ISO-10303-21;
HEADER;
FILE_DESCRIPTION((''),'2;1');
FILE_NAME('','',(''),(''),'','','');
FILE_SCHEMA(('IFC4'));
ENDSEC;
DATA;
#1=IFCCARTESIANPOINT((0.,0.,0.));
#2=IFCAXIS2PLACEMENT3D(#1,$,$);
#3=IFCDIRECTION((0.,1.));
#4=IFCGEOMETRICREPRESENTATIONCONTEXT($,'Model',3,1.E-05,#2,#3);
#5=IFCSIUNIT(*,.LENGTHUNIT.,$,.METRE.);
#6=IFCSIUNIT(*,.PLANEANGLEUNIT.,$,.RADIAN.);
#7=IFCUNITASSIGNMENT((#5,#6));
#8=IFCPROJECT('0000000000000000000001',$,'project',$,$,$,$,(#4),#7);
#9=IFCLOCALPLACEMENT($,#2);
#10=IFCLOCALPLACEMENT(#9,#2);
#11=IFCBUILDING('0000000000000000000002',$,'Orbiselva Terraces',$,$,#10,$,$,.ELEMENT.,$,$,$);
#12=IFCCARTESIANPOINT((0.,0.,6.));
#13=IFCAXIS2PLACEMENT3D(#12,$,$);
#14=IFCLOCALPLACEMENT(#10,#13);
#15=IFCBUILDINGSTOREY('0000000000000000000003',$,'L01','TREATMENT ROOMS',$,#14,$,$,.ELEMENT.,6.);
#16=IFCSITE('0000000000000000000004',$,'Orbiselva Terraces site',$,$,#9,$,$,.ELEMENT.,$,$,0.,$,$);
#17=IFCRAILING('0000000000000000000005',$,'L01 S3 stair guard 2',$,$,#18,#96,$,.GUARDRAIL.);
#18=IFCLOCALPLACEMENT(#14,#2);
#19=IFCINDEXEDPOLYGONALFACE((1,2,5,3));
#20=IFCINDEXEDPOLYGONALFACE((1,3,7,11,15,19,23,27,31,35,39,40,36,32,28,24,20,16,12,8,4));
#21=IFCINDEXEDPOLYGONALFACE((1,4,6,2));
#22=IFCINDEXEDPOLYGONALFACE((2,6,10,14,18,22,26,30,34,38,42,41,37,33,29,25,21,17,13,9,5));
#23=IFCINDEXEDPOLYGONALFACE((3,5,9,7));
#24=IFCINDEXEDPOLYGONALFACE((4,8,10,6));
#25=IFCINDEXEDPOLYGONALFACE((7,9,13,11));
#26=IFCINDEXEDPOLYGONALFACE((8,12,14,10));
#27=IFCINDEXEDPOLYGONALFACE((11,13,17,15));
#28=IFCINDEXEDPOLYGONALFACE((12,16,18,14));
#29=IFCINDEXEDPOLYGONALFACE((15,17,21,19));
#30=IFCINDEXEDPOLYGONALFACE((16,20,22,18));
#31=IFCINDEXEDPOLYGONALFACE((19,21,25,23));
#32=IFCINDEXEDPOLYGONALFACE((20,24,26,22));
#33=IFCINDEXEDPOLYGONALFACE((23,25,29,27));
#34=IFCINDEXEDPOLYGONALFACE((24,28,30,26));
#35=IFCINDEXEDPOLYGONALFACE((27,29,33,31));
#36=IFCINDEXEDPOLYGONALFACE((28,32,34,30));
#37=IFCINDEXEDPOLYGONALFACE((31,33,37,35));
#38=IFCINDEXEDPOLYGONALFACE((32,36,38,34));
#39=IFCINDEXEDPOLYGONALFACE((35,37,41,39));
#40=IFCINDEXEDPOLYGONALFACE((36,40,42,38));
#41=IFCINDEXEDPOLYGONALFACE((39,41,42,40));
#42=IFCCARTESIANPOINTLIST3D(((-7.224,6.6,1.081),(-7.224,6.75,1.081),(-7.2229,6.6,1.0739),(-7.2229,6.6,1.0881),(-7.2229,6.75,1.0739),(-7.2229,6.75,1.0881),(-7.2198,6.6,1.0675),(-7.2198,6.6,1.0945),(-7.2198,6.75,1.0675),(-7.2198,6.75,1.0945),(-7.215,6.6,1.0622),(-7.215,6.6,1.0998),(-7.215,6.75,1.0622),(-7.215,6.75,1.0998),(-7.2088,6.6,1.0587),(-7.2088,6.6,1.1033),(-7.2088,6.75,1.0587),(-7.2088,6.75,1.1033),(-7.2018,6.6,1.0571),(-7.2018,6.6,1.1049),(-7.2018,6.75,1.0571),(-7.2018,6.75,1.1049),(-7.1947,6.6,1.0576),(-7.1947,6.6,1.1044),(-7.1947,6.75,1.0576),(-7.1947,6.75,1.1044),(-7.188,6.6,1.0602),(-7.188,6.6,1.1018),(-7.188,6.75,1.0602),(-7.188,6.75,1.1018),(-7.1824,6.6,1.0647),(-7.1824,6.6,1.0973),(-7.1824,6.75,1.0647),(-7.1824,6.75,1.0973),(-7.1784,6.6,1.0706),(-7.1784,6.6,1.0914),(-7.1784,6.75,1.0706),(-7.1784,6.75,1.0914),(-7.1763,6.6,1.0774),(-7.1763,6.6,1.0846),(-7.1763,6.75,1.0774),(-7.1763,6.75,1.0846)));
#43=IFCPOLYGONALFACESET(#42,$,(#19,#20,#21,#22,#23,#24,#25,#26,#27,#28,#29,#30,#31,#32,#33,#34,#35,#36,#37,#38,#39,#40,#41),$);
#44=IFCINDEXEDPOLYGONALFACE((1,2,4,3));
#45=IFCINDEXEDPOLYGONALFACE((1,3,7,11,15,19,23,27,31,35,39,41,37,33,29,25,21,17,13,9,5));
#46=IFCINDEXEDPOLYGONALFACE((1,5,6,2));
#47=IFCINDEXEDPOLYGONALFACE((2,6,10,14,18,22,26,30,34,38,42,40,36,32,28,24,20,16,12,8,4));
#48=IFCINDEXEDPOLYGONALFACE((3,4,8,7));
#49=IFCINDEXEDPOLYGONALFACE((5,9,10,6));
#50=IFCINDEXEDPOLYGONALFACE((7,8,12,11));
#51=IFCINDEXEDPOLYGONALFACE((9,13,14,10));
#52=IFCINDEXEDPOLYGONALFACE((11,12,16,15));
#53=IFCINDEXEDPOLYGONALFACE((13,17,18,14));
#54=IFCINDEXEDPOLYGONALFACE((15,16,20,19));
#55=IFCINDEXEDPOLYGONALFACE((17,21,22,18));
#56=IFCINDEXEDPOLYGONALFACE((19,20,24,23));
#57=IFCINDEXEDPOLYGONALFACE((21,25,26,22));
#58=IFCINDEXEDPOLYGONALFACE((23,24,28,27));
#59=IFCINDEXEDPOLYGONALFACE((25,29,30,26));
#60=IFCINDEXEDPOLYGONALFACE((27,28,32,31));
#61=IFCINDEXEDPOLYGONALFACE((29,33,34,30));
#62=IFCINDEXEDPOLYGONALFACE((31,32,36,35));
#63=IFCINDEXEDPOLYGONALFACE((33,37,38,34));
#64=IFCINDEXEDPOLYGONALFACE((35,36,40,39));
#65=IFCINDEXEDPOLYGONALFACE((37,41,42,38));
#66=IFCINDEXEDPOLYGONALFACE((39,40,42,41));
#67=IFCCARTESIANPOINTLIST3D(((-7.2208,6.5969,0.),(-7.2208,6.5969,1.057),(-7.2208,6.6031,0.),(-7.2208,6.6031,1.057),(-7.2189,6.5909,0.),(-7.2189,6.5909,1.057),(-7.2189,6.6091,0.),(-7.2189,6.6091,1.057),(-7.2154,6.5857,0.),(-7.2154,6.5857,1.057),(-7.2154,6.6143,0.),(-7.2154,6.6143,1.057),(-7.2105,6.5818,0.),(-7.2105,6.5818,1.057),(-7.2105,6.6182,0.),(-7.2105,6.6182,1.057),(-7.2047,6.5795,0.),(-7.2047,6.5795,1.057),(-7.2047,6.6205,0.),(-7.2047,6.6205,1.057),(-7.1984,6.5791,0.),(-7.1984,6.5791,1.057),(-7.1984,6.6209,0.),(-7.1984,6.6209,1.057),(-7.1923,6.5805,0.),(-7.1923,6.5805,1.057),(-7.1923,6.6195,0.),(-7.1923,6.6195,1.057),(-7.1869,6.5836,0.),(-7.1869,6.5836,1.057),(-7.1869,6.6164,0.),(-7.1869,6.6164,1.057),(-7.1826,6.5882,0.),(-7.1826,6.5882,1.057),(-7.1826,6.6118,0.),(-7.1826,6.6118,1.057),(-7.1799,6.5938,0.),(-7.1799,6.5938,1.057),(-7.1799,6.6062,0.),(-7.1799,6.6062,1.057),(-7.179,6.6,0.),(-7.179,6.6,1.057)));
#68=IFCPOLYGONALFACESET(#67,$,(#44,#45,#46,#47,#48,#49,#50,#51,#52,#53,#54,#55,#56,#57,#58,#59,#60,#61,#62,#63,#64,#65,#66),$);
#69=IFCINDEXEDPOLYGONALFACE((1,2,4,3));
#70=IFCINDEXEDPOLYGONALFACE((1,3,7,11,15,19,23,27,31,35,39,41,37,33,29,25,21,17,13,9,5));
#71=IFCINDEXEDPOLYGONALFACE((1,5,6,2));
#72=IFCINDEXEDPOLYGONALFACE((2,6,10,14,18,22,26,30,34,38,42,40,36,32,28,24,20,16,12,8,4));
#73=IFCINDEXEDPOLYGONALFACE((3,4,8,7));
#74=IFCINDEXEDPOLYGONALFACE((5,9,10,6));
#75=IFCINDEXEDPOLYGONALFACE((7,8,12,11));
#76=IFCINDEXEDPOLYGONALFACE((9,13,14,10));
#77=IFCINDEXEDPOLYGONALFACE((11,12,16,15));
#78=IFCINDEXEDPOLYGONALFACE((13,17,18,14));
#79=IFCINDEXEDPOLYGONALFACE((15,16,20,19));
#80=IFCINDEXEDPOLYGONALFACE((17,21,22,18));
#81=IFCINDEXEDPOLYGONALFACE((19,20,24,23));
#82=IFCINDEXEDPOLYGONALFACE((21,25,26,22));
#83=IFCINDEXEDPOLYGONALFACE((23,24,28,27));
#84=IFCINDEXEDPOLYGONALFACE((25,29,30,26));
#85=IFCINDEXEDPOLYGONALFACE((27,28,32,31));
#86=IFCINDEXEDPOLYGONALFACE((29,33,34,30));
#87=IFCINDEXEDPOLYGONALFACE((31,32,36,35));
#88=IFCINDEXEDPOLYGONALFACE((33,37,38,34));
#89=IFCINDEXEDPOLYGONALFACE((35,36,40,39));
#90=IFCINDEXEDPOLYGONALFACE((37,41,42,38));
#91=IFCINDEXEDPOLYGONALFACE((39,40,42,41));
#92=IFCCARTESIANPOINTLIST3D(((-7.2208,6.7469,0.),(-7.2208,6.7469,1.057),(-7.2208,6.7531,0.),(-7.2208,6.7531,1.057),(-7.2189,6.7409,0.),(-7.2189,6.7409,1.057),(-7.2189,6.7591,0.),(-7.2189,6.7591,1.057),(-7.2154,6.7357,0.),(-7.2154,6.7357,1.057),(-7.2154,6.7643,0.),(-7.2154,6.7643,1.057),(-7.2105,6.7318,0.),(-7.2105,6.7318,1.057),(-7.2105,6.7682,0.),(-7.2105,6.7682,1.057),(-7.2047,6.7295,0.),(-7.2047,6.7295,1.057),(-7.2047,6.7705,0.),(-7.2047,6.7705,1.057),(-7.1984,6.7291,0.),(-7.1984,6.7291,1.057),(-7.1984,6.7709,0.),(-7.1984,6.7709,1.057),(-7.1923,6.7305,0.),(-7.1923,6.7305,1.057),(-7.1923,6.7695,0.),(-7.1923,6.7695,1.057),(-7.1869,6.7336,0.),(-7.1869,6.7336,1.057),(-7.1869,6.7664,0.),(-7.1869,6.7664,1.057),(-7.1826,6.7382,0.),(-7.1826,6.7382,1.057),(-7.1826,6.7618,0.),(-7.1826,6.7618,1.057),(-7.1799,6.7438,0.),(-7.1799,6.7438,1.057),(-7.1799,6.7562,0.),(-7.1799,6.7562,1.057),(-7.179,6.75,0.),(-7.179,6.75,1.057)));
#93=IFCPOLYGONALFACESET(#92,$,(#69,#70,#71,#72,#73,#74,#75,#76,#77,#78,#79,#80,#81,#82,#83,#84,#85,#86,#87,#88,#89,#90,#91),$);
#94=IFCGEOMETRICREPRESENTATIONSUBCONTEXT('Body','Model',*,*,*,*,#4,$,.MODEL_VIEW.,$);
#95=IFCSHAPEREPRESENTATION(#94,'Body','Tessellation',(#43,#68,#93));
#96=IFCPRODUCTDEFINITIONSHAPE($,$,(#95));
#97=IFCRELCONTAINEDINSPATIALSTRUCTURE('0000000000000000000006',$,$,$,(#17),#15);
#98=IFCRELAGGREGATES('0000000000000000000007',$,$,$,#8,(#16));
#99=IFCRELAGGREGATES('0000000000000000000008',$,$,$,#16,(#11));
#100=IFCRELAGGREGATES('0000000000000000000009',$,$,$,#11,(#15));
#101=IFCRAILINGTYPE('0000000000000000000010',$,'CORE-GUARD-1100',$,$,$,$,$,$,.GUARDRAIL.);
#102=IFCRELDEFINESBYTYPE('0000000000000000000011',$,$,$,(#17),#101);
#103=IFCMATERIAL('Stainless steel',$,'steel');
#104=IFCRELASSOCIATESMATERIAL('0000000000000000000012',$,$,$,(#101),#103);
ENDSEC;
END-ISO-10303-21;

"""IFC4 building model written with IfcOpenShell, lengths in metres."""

from ifc_helpers import new_model, si_unit, direction, frame, origin, origin_2d, place, context, subcontext, project, spatial, circle, extrude, material, type_object, element, save


model = new_model("IFC4")

# Units and contexts
model_context = context("Model", 3, precision=1e-05, world=origin(), true_north=direction((0.0, 1.0)))
body_context = subcontext(model_context, "Body", "Model", "MODEL_VIEW")
ifc_project = project(units=[si_unit("LENGTHUNIT", "METRE"), si_unit("PLANEANGLEUNIT", "RADIAN")], contexts=[model_context])

# Site, building, storey
site_placement = place(None, origin())
site = spatial("IfcSite", under=ifc_project, at=site_placement, Name="Orbiselva Terraces site", CompositionType="ELEMENT", RefElevation=0.0)
building_placement = place(site_placement, origin())
building = spatial("IfcBuilding", under=site, at=building_placement, Name="Orbiselva Terraces", CompositionType="ELEMENT")
storey_placement = place(building_placement, frame((0.0, 0.0, 6.0)))
storey = spatial("IfcBuildingStorey", under=building, at=storey_placement, Name="L01", Description="TREATMENT ROOMS", CompositionType="ELEMENT", Elevation=6.0)

# Railing
ifc_material_1 = material(Name="Stainless steel", Category="steel")
railing_type_1 = type_object("IfcRailingType", Name="CORE-GUARD-1100", PredefinedType="GUARDRAIL", material=ifc_material_1)
railing_1_placement = place(storey_placement, frame((-7.2, 6.6, 0.0)))
element("IfcRailing", 1, at=railing_1_placement, inside=storey, type_object=railing_type_1, Name="L01 S3 stair guard 2", PredefinedType="GUARDRAIL", context=body_context, shape_type="SweptSolid", body=[
    extrude(circle(Radius=0.024, at=origin_2d()), frame((0.0, 0.0, 1.081), z_axis=(0.0, 1.0, 0.0), x_axis=(-1.0, 0.0, 0.0)), (0.0, 0.0, 1.0), 0.15),
    extrude(circle(Radius=0.021, at=origin_2d()), origin(), (0.0, 0.0, 1.0), 1.057),
    extrude(circle(Radius=0.021, at=origin_2d()), frame((0.0, 0.15, 0.0)), (0.0, 0.0, 1.0), 1.057),
])

save(model, "model.ifc")
